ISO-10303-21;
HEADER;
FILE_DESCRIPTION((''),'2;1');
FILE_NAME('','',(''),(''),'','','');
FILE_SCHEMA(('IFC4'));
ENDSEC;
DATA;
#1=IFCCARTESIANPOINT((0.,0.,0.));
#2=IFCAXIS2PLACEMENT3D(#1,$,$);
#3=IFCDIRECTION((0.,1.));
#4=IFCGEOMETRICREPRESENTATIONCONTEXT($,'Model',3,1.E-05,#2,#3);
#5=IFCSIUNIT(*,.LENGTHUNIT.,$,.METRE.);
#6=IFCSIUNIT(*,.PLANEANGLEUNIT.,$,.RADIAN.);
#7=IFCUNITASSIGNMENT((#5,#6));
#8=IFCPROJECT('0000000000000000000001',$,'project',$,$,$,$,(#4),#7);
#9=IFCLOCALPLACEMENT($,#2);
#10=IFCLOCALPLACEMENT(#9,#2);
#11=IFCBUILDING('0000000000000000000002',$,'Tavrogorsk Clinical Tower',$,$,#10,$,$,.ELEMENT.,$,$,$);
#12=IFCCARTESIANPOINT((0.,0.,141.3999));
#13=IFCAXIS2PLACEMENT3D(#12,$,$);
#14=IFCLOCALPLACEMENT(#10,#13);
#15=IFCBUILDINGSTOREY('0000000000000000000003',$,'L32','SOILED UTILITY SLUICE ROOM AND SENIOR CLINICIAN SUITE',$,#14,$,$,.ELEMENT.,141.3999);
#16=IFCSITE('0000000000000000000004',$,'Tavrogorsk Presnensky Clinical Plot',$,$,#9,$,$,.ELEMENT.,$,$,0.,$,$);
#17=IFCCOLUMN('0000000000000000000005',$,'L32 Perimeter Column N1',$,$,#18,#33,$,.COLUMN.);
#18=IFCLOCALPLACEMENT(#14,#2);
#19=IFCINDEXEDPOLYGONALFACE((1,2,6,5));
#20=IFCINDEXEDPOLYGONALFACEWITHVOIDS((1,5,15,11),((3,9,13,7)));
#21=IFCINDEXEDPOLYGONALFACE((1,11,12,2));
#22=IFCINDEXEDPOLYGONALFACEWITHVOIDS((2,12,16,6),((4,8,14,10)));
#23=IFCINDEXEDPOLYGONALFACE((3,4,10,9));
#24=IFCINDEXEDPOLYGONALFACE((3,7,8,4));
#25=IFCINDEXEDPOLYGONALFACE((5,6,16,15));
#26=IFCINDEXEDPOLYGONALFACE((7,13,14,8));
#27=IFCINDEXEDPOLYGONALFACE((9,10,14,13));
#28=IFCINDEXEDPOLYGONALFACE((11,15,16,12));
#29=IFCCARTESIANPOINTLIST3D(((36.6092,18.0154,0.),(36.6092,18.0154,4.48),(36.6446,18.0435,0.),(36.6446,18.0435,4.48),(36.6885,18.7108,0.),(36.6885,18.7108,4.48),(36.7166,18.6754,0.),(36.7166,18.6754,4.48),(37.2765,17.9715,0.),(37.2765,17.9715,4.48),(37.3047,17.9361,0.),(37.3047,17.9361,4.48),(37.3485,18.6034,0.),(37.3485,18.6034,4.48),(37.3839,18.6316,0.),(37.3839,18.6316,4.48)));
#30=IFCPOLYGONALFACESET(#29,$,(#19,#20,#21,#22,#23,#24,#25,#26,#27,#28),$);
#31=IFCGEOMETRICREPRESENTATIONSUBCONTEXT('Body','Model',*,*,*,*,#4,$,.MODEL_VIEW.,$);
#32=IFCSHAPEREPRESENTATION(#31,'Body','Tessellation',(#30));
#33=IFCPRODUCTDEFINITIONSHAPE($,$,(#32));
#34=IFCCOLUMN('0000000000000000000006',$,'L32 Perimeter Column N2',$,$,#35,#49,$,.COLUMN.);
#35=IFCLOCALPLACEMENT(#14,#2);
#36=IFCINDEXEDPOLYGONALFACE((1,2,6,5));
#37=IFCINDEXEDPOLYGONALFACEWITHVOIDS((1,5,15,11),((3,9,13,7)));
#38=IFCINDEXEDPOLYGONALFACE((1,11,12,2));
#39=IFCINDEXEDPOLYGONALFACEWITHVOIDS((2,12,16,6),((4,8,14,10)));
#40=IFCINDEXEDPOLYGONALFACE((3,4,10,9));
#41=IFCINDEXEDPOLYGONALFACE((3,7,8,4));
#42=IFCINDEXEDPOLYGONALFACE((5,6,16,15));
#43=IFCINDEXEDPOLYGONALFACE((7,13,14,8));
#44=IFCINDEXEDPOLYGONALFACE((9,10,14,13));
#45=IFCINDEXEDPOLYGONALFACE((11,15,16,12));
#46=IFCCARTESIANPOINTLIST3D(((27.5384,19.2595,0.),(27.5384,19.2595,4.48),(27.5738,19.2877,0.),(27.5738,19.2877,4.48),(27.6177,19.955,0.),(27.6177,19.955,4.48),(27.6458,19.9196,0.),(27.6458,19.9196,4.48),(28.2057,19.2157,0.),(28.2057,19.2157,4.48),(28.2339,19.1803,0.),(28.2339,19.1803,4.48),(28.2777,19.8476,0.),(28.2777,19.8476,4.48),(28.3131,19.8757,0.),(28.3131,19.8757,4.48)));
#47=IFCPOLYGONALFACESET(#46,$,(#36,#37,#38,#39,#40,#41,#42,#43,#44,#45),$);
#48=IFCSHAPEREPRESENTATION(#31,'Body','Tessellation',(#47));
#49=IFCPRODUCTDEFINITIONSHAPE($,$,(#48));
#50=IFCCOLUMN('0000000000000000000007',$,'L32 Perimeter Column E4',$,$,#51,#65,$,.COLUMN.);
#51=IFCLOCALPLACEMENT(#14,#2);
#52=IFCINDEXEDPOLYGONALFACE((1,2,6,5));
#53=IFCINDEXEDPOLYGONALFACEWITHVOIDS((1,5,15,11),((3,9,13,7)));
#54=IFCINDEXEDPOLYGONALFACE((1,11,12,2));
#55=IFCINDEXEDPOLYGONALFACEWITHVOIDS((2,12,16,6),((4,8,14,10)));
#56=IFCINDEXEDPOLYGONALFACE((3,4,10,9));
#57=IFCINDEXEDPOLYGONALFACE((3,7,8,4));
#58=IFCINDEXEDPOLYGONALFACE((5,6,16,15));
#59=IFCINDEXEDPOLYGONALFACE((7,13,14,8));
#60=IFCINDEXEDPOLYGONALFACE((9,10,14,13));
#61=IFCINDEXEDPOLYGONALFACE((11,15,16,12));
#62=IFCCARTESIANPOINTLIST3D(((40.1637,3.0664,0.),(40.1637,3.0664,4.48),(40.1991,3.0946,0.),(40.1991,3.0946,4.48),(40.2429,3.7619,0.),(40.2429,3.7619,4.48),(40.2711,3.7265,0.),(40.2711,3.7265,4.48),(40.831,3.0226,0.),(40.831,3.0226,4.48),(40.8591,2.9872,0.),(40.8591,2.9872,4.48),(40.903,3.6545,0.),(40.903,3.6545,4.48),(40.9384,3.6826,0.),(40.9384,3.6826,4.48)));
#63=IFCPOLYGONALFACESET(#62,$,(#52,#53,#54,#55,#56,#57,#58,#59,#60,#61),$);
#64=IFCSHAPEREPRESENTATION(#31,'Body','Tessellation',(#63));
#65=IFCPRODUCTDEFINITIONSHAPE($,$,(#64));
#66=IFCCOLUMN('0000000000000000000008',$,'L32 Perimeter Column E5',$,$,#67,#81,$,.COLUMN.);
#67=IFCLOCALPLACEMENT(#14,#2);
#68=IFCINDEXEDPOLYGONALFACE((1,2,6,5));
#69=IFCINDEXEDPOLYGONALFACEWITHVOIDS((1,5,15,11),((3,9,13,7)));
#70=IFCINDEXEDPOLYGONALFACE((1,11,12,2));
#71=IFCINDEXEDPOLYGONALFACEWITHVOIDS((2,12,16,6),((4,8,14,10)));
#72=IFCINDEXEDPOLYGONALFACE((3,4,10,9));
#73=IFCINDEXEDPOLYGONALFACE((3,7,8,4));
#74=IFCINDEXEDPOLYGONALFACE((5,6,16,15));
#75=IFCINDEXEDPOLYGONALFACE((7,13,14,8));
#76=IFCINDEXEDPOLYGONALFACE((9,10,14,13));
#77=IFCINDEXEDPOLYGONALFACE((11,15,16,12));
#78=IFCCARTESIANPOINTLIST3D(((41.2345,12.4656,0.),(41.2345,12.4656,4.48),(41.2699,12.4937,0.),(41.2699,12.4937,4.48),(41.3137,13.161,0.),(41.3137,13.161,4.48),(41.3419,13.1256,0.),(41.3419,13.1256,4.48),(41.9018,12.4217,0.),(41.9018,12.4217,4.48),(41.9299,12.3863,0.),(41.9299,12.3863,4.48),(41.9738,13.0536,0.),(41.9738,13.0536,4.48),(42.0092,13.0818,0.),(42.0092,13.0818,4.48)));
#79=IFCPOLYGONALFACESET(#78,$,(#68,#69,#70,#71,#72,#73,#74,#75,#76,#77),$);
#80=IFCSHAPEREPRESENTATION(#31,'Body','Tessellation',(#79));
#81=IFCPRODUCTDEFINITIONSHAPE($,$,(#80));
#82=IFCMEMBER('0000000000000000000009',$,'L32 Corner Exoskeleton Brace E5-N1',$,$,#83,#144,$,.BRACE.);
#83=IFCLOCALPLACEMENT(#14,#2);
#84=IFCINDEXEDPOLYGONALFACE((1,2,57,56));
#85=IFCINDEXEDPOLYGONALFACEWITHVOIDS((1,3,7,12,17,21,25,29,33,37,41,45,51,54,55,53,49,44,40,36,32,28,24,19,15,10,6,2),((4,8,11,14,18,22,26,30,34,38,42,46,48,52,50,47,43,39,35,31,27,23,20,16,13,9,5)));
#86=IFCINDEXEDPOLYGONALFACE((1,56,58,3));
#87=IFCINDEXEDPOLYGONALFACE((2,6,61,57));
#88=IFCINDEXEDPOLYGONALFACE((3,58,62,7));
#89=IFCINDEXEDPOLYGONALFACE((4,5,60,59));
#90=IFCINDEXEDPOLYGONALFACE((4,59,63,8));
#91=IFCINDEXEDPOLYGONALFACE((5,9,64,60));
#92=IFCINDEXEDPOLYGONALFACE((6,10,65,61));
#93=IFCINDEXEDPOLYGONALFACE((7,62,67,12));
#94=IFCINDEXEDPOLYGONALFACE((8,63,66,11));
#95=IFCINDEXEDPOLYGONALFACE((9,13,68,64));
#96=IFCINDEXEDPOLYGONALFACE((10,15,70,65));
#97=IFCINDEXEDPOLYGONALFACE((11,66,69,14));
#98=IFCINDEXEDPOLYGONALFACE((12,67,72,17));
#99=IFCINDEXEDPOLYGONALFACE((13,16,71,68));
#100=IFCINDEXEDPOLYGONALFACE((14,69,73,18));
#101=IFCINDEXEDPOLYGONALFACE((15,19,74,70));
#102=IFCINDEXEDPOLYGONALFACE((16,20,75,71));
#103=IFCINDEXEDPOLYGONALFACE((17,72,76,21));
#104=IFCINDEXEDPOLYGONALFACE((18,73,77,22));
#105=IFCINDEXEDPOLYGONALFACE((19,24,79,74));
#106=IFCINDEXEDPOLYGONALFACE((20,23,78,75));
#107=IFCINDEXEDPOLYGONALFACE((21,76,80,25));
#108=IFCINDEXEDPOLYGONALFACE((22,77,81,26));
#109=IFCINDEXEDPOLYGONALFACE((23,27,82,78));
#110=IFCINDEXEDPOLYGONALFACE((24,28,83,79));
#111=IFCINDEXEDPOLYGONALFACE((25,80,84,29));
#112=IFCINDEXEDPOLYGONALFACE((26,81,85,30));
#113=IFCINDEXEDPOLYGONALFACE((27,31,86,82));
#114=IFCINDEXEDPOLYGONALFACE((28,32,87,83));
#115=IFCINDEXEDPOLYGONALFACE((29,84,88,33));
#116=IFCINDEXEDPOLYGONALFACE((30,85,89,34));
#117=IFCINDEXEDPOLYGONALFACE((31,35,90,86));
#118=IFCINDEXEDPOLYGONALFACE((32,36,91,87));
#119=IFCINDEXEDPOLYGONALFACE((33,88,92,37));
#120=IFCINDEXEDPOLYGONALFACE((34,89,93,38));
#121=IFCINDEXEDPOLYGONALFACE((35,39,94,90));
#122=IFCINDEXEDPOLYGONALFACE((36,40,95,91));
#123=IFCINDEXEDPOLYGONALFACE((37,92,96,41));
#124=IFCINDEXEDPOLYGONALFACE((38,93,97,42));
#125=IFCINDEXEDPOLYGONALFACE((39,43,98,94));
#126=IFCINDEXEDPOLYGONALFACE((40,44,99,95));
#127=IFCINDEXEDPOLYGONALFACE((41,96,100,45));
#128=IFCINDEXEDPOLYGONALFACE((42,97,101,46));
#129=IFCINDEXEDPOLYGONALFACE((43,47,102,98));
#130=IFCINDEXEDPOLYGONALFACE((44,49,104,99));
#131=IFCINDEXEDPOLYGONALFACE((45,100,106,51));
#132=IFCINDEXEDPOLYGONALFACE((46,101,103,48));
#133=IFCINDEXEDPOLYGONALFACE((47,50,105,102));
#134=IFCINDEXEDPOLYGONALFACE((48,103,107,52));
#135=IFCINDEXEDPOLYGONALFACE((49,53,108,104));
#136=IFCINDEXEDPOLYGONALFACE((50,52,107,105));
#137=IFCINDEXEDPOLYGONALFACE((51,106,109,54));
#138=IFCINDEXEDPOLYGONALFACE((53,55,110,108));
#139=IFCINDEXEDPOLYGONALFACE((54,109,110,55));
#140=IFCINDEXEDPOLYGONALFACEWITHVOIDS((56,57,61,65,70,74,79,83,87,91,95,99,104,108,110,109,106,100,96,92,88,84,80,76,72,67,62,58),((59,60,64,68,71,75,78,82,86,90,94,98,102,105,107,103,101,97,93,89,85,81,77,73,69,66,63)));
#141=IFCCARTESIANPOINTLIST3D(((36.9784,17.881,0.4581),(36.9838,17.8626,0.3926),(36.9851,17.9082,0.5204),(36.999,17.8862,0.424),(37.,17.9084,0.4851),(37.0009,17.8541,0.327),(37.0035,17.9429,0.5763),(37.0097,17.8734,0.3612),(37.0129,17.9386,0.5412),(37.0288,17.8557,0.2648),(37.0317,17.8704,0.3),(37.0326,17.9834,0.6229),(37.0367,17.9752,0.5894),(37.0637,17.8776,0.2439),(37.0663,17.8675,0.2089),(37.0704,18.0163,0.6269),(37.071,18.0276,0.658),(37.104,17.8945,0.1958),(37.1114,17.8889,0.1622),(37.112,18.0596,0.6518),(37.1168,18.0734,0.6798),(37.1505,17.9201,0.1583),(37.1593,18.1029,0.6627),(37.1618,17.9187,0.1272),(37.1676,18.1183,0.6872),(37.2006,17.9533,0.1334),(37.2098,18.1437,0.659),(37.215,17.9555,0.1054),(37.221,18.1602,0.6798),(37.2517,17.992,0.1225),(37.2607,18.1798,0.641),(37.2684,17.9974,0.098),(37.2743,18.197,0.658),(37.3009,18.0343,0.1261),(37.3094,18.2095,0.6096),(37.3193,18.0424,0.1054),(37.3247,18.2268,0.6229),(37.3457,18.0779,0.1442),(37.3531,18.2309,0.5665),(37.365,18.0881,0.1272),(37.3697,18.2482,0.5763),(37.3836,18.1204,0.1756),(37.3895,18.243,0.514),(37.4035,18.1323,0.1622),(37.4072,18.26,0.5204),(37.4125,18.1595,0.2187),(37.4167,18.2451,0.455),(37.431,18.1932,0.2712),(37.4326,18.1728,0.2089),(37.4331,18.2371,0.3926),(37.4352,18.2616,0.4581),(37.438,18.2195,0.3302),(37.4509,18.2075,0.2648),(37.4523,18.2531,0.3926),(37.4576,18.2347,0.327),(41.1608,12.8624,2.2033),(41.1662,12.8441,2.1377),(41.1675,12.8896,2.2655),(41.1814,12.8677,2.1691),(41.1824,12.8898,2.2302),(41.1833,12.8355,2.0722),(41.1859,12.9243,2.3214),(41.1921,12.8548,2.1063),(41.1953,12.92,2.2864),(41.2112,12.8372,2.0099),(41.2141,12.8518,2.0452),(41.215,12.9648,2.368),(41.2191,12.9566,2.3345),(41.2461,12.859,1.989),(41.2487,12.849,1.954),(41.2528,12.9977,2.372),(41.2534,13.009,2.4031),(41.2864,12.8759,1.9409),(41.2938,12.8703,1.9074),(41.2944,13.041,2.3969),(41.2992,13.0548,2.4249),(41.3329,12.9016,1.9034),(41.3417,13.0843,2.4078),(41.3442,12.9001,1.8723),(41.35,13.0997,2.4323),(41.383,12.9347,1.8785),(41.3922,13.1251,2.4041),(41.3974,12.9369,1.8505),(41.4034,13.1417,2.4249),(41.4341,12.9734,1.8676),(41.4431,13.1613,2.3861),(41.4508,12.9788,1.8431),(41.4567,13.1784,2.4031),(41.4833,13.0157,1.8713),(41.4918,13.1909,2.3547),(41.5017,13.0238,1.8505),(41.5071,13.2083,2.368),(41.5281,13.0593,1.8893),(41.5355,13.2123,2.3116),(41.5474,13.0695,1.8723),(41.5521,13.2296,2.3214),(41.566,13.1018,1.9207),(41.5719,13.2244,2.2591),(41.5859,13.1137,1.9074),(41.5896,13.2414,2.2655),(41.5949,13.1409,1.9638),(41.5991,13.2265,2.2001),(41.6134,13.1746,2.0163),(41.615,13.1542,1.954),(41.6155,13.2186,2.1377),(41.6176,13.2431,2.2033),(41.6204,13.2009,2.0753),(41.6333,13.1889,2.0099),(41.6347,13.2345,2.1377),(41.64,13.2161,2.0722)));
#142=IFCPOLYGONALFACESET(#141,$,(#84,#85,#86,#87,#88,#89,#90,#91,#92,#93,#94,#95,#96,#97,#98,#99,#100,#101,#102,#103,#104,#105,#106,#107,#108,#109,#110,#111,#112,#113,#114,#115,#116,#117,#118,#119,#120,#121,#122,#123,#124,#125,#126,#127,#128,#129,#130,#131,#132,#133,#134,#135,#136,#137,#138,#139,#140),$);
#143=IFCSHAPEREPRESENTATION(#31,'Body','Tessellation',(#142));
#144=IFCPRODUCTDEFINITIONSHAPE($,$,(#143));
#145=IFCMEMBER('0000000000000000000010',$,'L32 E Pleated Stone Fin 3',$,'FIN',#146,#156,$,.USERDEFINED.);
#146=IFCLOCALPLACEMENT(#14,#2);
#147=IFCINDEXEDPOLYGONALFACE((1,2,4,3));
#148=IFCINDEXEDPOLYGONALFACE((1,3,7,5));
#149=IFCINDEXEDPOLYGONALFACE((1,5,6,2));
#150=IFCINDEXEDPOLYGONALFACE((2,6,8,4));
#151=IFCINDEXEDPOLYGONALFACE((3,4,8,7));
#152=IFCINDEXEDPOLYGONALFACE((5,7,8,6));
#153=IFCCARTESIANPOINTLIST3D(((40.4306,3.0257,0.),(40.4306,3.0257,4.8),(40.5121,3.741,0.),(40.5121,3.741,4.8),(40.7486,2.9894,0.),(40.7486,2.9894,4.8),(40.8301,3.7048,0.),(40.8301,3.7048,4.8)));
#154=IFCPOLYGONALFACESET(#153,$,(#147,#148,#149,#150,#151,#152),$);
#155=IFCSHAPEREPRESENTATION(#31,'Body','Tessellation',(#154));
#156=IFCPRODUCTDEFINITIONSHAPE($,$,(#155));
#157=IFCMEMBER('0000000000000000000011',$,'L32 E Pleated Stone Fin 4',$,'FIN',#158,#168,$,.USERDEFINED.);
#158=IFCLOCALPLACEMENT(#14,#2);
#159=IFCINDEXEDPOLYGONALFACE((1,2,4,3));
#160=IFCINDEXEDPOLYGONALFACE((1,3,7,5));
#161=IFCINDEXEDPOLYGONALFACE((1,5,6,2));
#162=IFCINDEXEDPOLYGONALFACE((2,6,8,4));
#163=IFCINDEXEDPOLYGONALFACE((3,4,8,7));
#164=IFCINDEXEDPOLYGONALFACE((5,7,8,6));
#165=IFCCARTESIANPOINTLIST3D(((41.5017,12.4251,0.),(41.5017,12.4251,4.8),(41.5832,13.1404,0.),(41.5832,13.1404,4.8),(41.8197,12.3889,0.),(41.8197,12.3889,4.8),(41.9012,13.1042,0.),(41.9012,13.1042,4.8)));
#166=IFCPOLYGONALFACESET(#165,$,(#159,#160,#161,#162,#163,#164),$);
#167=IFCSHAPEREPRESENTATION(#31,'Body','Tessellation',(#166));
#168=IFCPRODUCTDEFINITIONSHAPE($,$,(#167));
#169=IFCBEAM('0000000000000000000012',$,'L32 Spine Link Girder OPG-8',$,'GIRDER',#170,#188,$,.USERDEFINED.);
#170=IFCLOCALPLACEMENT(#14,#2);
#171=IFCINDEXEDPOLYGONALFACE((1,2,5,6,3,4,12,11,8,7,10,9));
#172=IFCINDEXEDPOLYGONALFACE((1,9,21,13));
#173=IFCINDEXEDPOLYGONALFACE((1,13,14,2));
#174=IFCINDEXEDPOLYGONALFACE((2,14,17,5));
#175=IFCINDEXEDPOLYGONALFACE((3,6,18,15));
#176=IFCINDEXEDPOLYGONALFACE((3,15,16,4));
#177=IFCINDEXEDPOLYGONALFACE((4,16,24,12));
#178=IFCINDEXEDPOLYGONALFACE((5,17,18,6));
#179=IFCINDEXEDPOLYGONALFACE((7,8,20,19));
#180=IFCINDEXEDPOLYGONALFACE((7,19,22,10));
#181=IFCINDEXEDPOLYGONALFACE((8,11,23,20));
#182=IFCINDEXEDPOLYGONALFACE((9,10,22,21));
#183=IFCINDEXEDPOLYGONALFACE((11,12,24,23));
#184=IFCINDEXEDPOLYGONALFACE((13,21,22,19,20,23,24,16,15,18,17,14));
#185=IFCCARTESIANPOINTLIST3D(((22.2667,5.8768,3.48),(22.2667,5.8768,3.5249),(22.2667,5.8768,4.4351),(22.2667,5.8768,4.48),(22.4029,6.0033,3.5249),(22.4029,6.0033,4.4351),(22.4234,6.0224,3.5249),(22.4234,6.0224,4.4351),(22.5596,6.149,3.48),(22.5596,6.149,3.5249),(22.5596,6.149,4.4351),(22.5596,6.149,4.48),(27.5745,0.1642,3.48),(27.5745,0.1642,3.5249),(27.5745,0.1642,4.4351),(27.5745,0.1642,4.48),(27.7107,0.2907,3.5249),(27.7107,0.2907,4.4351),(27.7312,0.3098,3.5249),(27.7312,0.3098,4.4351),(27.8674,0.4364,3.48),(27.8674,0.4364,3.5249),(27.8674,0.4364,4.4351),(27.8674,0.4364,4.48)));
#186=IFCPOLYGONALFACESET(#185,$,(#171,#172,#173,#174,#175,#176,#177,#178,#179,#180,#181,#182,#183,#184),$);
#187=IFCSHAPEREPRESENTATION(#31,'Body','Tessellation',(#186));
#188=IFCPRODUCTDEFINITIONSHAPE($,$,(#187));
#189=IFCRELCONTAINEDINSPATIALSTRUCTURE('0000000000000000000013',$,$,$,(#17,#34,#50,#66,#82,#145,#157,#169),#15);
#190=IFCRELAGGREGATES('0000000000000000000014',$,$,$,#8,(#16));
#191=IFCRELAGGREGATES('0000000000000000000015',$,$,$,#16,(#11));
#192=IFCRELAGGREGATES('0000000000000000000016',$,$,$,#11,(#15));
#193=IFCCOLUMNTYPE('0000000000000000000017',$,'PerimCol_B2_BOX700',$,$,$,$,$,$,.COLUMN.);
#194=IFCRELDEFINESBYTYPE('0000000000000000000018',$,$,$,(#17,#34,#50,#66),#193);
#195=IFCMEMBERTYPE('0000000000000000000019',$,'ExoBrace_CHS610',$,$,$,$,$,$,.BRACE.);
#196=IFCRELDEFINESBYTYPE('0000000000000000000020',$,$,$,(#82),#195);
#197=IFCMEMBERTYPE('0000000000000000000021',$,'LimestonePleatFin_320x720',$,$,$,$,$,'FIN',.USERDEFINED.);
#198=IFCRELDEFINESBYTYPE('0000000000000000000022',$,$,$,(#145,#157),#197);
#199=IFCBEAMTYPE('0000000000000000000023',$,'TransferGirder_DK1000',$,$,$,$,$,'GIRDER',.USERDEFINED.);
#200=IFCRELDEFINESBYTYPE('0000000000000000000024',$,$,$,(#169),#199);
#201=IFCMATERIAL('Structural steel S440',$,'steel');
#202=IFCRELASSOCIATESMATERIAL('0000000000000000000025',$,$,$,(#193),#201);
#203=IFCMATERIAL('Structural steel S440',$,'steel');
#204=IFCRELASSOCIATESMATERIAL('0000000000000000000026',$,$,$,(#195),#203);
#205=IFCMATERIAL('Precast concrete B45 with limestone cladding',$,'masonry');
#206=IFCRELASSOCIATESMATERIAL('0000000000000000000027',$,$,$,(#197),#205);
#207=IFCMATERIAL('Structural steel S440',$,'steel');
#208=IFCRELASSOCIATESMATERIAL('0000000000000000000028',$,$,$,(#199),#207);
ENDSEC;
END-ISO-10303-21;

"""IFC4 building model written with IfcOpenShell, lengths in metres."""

from ifc_helpers import new_model, si_unit, direction, frame, origin, origin_2d, place, context, subcontext, project, spatial, rectangle, hollow_rectangle, hollow_circle, i_section, extrude, material, material_profile, profile_set, type_object, element, save


model = new_model("IFC4")

# Units and contexts
model_context = context("Model", 3, precision=1e-05, world=origin(), true_north=direction((0.0, 1.0)))
body_context = subcontext(model_context, "Body", "Model", "MODEL_VIEW")
ifc_project = project(units=[si_unit("LENGTHUNIT", "METRE"), si_unit("PLANEANGLEUNIT", "RADIAN")], contexts=[model_context])

# Site, building, storey
site_placement = place(None, origin())
site = spatial("IfcSite", under=ifc_project, at=site_placement, Name="Tavrogorsk Presnensky Clinical Plot", CompositionType="ELEMENT", RefElevation=0.0)
building_placement = place(site_placement, origin())
building = spatial("IfcBuilding", under=site, at=building_placement, Name="Tavrogorsk Clinical Tower", CompositionType="ELEMENT")
storey_placement = place(building_placement, frame((0.0, 0.0, 141.3999)))
storey = spatial("IfcBuildingStorey", under=building, at=storey_placement, Name="L32", Description="SOILED UTILITY SLUICE ROOM AND SENIOR CLINICIAN SUITE", CompositionType="ELEMENT", Elevation=141.3999)

# Columns
ifc_material_1 = material(Name="Structural steel S440", Category="steel")
ifc_material_profile_1 = material_profile(ifc_material_1, hollow_rectangle(XDim=0.7, YDim=0.7, WallThickness=0.032, at=origin_2d()), Name="BOX-700x700x32")
ifc_profile_set_1 = profile_set([ifc_material_profile_1], Name="Structural steel S440")
column_type = type_object("IfcColumnType", Name="PerimCol_B2_BOX700", PredefinedType="COLUMN", material=ifc_profile_set_1)
for number, where, z_axis, x_axis, name in (
    (1, (36.9966, 18.3235, 0.0), (0.0, 0.0, 1.0), (0.993572, -0.113203, 0.0), "L32 Perimeter Column N1"),
    (2, (27.9258, 19.5676, 0.0), (0.0, 0.0, 1.0), (0.993572, -0.113203, 0.0), "L32 Perimeter Column N2"),
    (3, (40.551, 3.3745, 0.0), (0.0, 0.0, 1.0), (0.993572, -0.113203, 0.0), "L32 Perimeter Column E4"),
    (4, (41.6218, 12.7737, 0.0), (0.0, 0.0, 1.0), (0.993572, -0.113203, 0.0), "L32 Perimeter Column E5"),
):
    element("IfcColumn", number, at=place(storey_placement, frame(where, z_axis=z_axis, x_axis=x_axis)), inside=storey, type_object=column_type, Name=name, PredefinedType="COLUMN", context=body_context, shape_type="SweptSolid", body=[
        extrude(hollow_rectangle(XDim=0.7, YDim=0.7, WallThickness=0.032, at=origin_2d()), origin(), (0.0, 0.0, 1.0), 4.48),
    ])

# Members
ifc_material_2 = material(Name="Structural steel S440", Category="steel")
ifc_material_profile_2 = material_profile(ifc_material_2, hollow_circle(Radius=0.3049, WallThickness=0.0249, at=origin_2d()), Name="CHS-610x25")
ifc_profile_set_2 = profile_set([ifc_material_profile_2], Name="Structural steel S440")
member_type_1 = type_object("IfcMemberType", Name="ExoBrace_CHS610", PredefinedType="BRACE", material=ifc_profile_set_2)
member_placement = place(storey_placement, frame((37.218, 18.0579, 0.3926), z_axis=(0.618519, -0.742179, 0.25808), x_axis=(0.768203, 0.640206, 0.0)))
element("IfcMember", 5, at=member_placement, inside=storey, type_object=member_type_1, Name="L32 Corner Exoskeleton Brace E5-N1", PredefinedType="BRACE", context=body_context, shape_type="SweptSolid", body=[
    extrude(hollow_circle(Radius=0.3049, WallThickness=0.0249, at=origin_2d()), origin(), (0.0, 0.0, 1.0), 6.762),
])
ifc_material_3 = material(Name="Precast concrete B45 with limestone cladding", Category="masonry")
ifc_material_profile_3 = material_profile(ifc_material_3, rectangle(XDim=0.3201, YDim=0.72, at=origin_2d()), Name="LIMESTONE-FIN-320x720")
ifc_profile_set_3 = profile_set([ifc_material_profile_3], Name="Precast concrete B45 with limestone cladding")
member_type_2 = type_object("IfcMemberType", Name="LimestonePleatFin_320x720", ElementType="FIN", PredefinedType="USERDEFINED", material=ifc_profile_set_3)
for number, where, z_axis, x_axis, name in (
    (6, (40.6304, 3.3652, 0.0), (0.0, 0.0, 1.0), (0.993572, -0.113203, 0.0), "L32 E Pleated Stone Fin 3"),
    (7, (41.7014, 12.7646, 0.0), (0.0, 0.0, 1.0), (0.993572, -0.113203, 0.0), "L32 E Pleated Stone Fin 4"),
):
    element("IfcMember", number, at=place(storey_placement, frame(where, z_axis=z_axis, x_axis=x_axis)), inside=storey, type_object=member_type_2, Name=name, ObjectType="FIN", PredefinedType="USERDEFINED", context=body_context, shape_type="SweptSolid", body=[
        extrude(rectangle(XDim=0.3201, YDim=0.72, at=origin_2d()), origin(), (0.0, 0.0, 1.0), 4.8),
    ])

# Beam
ifc_material_4 = material(Name="Structural steel S440", Category="steel")
ifc_material_profile_4 = material_profile(ifc_material_4, i_section(OverallWidth=0.3999, OverallDepth=1.0, WebThickness=0.0281, FlangeThickness=0.0449, at=origin_2d()), Name="DK-1000x400x28x45")
ifc_profile_set_4 = profile_set([ifc_material_profile_4], Name="Structural steel S440")
beam_type_1 = type_object("IfcBeamType", Name="TransferGirder_DK1000", ElementType="GIRDER", PredefinedType="USERDEFINED", material=ifc_profile_set_4)
beam_1_placement = place(storey_placement, frame((27.7209, 0.3003, 3.98), z_axis=(-0.680676, 0.732585, 0.0), x_axis=(-0.732585, -0.680676, 0.0)))
element("IfcBeam", 8, at=beam_1_placement, inside=storey, type_object=beam_type_1, Name="L32 Spine Link Girder OPG-8", ObjectType="GIRDER", PredefinedType="USERDEFINED", context=body_context, shape_type="SweptSolid", body=[
    extrude(i_section(OverallWidth=0.3999, OverallDepth=1.0, WebThickness=0.0281, FlangeThickness=0.0449, at=origin_2d()), origin(), (0.0, 0.0, 1.0), 7.7979),
])

save(model, "model.ifc")
